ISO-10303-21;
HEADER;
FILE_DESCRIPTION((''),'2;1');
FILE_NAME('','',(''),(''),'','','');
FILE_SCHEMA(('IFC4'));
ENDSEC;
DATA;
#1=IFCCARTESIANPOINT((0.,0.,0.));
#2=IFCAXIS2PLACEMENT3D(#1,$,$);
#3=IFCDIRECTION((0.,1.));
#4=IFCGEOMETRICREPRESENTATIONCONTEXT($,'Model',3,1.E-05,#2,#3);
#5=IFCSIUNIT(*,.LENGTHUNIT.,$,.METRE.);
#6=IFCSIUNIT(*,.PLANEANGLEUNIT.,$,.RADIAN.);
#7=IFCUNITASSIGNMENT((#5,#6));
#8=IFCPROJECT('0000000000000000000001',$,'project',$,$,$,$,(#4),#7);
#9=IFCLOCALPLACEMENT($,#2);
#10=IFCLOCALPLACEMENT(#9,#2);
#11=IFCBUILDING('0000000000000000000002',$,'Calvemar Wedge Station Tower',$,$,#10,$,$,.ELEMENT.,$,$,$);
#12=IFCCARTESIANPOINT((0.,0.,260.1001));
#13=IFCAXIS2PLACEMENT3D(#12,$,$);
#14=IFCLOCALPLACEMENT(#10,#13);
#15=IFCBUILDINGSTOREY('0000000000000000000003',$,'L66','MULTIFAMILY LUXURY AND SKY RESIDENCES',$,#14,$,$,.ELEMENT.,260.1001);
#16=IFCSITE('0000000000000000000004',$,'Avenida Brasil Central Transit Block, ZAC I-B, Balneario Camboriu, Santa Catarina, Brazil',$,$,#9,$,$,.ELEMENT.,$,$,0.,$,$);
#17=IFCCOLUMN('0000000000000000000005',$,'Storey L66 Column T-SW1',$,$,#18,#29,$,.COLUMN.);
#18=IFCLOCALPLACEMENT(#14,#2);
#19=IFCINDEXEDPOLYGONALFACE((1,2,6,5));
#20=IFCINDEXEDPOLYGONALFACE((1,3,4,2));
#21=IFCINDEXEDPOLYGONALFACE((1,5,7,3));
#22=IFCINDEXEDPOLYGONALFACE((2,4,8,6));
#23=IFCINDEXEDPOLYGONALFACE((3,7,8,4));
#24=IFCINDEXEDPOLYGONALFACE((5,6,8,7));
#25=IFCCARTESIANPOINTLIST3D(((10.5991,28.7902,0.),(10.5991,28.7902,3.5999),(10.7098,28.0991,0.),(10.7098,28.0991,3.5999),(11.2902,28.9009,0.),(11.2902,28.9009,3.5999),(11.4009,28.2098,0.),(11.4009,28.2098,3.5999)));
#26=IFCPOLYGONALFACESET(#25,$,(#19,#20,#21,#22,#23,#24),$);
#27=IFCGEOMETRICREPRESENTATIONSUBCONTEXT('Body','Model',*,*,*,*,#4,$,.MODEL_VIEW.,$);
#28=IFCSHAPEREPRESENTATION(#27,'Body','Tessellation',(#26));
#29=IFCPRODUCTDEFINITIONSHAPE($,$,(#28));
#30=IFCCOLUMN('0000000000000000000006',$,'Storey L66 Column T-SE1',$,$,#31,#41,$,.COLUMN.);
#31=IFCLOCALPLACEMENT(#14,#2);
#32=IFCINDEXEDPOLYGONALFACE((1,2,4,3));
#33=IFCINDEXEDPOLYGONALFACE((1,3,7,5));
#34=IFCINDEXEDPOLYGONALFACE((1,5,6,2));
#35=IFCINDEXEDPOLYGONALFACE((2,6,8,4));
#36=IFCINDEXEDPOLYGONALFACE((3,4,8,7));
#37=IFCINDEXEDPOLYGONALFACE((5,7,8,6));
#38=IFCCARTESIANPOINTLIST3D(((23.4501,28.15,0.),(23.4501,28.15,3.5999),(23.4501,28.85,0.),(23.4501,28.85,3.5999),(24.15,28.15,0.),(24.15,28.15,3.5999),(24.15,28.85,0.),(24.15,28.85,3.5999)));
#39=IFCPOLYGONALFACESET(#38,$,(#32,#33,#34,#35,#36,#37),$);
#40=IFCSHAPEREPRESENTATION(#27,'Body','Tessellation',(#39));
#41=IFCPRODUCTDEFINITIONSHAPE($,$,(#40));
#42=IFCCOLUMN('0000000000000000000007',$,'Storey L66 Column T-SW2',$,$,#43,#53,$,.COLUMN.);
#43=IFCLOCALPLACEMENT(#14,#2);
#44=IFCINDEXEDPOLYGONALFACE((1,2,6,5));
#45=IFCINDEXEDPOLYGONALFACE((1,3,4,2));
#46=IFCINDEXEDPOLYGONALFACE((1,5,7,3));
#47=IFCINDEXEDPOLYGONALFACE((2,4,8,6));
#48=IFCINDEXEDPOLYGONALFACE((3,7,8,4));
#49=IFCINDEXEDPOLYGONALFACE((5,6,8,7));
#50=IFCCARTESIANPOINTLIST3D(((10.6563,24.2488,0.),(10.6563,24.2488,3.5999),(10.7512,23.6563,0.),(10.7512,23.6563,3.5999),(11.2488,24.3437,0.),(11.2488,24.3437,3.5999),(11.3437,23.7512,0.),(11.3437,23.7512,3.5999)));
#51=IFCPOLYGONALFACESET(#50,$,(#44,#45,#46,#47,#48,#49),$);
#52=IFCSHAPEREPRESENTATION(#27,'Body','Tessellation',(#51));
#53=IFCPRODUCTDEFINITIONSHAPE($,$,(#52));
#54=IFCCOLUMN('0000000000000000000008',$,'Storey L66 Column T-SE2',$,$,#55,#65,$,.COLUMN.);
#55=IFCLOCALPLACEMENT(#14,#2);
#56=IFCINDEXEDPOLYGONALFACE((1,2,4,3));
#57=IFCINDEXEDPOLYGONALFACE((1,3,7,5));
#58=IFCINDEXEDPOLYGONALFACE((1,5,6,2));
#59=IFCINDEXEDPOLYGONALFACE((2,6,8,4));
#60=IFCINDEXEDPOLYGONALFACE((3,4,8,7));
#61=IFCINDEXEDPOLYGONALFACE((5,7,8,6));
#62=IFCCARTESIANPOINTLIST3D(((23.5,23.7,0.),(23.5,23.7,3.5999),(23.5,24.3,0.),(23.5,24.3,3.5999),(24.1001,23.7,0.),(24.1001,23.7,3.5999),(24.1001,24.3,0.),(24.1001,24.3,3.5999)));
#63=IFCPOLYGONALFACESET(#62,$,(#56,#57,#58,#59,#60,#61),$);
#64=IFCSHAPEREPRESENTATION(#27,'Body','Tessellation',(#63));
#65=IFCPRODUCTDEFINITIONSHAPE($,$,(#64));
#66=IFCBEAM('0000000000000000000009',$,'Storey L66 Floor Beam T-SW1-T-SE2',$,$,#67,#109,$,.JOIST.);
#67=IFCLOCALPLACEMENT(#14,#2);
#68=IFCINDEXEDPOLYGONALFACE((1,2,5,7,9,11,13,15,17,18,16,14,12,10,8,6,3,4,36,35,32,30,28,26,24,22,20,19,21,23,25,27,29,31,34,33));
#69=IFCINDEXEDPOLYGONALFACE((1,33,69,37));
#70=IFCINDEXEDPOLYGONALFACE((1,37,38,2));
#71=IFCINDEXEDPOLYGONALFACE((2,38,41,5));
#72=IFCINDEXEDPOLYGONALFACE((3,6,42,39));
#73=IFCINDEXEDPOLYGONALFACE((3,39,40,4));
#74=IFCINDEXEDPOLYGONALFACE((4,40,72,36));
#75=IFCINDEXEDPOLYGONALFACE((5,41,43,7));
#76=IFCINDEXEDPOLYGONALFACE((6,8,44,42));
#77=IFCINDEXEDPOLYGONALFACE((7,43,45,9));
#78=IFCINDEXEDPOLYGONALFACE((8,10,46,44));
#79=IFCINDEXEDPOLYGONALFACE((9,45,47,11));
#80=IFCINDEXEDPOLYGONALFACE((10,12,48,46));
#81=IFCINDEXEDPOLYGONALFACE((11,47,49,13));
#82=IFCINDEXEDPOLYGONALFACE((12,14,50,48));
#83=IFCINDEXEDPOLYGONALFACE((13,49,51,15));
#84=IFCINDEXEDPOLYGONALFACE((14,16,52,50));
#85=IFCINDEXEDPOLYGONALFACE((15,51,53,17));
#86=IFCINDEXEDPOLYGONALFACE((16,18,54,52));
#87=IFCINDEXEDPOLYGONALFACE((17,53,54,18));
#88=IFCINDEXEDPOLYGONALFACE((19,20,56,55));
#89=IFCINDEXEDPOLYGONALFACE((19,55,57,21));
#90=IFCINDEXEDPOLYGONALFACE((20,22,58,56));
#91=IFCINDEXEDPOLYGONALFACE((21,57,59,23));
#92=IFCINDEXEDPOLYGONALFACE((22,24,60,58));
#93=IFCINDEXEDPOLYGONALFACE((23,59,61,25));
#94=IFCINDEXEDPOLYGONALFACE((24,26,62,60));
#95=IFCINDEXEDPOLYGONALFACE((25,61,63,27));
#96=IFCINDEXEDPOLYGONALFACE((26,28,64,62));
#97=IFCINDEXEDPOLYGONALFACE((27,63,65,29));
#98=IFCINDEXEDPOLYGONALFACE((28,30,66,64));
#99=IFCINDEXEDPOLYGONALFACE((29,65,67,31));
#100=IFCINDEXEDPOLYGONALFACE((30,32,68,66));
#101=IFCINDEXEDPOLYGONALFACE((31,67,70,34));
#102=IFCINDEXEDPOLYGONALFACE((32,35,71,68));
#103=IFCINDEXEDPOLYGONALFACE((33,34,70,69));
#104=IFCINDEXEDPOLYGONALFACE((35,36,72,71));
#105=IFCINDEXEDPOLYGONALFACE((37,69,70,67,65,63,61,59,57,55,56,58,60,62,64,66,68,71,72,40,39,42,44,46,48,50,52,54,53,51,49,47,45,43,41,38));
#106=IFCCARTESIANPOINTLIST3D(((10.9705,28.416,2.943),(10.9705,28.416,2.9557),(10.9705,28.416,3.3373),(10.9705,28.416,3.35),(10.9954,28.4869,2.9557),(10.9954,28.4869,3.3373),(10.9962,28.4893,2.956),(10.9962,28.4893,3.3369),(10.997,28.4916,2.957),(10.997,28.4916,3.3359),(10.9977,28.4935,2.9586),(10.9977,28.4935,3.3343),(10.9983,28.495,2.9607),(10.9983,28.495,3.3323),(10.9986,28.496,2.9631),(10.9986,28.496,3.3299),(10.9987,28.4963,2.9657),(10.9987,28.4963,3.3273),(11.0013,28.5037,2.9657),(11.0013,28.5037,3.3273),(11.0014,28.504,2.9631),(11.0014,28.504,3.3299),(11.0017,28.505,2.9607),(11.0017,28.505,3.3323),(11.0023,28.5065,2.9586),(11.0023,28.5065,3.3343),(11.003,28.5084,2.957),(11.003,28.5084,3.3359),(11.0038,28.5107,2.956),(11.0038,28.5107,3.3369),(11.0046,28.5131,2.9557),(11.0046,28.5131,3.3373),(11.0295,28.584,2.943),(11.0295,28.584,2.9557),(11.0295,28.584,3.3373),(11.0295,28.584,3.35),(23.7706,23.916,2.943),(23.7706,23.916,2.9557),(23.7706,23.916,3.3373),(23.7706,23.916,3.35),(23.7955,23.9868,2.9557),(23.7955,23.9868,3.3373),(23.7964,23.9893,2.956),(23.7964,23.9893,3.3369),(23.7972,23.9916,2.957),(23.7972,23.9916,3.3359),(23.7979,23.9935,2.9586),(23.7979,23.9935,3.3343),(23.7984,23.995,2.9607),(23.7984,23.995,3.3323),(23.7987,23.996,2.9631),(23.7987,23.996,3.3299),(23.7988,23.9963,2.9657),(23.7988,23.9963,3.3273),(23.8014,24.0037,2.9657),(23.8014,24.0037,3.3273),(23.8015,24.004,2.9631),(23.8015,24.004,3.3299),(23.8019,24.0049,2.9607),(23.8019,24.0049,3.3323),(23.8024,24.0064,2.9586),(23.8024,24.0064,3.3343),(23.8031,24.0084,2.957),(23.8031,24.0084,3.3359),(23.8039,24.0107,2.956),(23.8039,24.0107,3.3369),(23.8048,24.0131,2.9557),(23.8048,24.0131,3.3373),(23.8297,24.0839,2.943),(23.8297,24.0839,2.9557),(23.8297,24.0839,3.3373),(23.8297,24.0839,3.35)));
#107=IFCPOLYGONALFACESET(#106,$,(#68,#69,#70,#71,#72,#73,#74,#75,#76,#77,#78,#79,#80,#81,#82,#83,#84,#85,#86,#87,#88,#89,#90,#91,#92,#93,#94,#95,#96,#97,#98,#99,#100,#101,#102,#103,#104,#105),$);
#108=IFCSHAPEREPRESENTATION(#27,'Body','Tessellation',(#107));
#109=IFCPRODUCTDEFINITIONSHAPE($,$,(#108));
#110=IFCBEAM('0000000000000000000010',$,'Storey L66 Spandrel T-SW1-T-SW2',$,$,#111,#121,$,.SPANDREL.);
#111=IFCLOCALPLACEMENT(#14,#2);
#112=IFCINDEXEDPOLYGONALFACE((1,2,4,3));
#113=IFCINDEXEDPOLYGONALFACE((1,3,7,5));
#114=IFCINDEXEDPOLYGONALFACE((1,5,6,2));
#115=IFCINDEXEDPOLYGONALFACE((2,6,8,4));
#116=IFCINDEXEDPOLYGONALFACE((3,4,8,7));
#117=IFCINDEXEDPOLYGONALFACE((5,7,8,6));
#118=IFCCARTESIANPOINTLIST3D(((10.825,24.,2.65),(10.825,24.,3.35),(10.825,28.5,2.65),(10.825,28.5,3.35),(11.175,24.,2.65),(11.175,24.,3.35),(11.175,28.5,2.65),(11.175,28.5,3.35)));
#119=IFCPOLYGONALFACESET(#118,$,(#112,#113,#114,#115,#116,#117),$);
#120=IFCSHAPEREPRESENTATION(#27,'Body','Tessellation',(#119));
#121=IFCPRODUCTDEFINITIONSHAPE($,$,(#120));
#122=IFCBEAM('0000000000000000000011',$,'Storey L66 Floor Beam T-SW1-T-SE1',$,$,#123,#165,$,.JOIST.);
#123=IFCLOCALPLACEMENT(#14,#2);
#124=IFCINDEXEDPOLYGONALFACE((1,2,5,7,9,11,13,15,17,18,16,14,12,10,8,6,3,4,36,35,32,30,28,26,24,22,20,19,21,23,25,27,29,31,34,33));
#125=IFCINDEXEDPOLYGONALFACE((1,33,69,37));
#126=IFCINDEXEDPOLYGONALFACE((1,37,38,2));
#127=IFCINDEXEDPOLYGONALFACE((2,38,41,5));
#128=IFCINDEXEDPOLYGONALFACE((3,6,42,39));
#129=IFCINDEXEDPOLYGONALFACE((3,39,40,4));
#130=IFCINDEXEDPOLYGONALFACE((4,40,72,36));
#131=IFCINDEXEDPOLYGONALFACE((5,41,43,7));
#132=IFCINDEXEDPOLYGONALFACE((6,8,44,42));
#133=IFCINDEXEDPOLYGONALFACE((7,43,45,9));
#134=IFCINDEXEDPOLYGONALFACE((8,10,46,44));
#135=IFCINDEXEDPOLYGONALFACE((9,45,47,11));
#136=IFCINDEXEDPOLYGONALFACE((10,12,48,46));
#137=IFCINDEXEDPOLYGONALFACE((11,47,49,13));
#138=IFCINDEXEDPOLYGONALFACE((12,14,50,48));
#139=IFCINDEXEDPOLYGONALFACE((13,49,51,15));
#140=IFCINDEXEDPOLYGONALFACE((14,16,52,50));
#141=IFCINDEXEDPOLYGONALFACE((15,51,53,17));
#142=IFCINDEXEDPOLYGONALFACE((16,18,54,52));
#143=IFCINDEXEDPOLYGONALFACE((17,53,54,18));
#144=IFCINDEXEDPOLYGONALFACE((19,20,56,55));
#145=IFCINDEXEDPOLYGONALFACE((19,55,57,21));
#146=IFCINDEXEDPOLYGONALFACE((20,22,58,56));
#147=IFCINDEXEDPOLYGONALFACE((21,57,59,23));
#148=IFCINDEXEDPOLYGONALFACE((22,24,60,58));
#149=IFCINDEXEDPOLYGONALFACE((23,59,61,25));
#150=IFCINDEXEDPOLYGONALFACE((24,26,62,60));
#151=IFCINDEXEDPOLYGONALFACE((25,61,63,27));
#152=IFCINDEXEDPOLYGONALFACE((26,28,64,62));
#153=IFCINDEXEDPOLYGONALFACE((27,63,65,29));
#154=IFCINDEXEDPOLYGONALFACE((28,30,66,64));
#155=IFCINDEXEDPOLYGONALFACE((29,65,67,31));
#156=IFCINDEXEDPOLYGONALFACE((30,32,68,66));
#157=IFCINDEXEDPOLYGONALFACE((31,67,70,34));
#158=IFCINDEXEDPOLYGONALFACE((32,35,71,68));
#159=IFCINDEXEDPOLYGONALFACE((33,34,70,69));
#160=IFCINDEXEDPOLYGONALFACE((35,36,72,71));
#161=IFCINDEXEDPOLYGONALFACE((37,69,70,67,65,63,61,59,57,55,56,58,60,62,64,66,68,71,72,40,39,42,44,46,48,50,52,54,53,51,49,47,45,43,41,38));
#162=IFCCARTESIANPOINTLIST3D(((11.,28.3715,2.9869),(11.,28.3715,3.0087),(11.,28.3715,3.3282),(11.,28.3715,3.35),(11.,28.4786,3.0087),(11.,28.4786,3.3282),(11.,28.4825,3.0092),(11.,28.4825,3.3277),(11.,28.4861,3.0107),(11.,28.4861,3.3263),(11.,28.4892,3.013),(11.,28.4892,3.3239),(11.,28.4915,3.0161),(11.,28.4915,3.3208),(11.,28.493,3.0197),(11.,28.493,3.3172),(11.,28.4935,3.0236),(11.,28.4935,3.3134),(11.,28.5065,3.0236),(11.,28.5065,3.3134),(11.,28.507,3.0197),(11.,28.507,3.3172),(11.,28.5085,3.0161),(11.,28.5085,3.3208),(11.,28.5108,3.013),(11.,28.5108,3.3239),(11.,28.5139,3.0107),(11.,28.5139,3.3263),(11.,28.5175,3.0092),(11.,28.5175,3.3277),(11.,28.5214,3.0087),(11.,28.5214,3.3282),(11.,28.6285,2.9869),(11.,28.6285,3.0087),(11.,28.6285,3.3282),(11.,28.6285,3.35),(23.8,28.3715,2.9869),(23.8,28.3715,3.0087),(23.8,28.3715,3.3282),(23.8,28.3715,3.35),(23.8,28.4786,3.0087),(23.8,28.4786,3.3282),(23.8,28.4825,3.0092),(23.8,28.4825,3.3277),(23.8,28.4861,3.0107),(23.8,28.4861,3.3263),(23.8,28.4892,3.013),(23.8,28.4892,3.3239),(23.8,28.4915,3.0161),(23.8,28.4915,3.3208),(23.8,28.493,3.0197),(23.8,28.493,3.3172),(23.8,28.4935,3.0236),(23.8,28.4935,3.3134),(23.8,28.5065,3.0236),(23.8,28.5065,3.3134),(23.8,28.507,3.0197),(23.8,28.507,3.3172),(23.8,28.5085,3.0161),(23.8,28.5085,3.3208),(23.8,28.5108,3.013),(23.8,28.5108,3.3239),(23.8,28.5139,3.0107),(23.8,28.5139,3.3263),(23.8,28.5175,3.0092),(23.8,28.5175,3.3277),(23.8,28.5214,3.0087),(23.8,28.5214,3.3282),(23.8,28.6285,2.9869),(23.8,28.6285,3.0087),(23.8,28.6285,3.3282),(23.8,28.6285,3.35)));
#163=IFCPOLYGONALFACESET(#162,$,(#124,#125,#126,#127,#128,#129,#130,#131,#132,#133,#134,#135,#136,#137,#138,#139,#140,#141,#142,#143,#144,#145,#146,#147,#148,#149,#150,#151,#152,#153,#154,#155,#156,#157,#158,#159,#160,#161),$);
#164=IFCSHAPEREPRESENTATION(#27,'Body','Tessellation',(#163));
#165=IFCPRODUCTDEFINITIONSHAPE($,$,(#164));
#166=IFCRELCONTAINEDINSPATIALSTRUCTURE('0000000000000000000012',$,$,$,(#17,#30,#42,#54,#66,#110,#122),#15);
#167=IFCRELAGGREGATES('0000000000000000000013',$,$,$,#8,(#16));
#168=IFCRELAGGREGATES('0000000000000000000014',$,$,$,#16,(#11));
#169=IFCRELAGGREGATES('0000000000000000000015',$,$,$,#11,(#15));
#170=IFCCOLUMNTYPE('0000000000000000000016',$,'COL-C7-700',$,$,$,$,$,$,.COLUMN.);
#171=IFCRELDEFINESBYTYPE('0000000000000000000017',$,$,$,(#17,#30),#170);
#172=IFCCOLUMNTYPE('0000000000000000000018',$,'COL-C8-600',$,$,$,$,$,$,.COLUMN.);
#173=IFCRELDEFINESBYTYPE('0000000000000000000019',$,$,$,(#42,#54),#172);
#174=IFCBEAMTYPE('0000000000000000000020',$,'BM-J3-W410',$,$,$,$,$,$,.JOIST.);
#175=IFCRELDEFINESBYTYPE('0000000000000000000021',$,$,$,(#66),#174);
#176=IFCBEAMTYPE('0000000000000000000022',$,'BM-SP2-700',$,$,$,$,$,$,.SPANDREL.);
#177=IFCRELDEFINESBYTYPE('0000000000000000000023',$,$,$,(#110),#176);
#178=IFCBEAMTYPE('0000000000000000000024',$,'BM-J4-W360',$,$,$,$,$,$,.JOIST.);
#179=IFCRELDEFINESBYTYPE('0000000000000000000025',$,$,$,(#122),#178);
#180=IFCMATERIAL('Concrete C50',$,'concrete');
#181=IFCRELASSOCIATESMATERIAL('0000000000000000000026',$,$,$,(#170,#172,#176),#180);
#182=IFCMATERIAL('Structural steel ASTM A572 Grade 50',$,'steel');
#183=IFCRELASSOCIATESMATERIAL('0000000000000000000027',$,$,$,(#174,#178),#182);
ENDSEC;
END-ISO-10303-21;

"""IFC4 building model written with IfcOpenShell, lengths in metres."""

from ifc_helpers import new_model, si_unit, direction, frame, origin, origin_2d, place, context, subcontext, project, spatial, rectangle, i_section, extrude, source, transform, mapped, material, material_profile, profile_set, type_object, element, save


model = new_model("IFC4")

# Units and contexts
model_context = context("Model", 3, precision=1e-05, world=origin(), true_north=direction((0.0, 1.0)))
body_context = subcontext(model_context, "Body", "Model", "MODEL_VIEW")
ifc_project = project(units=[si_unit("LENGTHUNIT", "METRE"), si_unit("PLANEANGLEUNIT", "RADIAN")], contexts=[model_context])

# Site, building, storey
site_placement = place(None, origin())
site = spatial("IfcSite", under=ifc_project, at=site_placement, Name="Avenida Brasil Central Transit Block, ZAC I-B, Balneario Camboriu, Santa Catarina, Brazil", CompositionType="ELEMENT", RefElevation=0.0)
building_placement = place(site_placement, origin())
building = spatial("IfcBuilding", under=site, at=building_placement, Name="Calvemar Wedge Station Tower", CompositionType="ELEMENT")
storey_placement = place(building_placement, frame((0.0, 0.0, 260.1001)))
storey = spatial("IfcBuildingStorey", under=building, at=storey_placement, Name="L66", Description="MULTIFAMILY LUXURY AND SKY RESIDENCES", CompositionType="ELEMENT", Elevation=260.1001)

# Columns
ifc_material_1 = material(Name="Concrete C50", Category="concrete")
ifc_material_profile_1 = material_profile(ifc_material_1, rectangle(XDim=0.7, YDim=0.7, at=origin_2d()), Name="RC700x700")
ifc_profile_set_1 = profile_set([ifc_material_profile_1], Name="Concrete C50")
column_type_1 = type_object("IfcColumnType", Name="COL-C7-700", PredefinedType="COLUMN", material=ifc_profile_set_1)
shared_shape_1 = source(origin(), body_context, "Body", "SweptSolid", [
    extrude(rectangle(XDim=0.7, YDim=0.7, at=origin_2d()), origin(), (0.0, 0.0, 1.0), 3.5999),
])
for number, where, z_axis, x_axis, name in (
    (1, (11.0, 28.5, 0.0), (0.0, 0.0, 1.0), (0.158158, -0.987414, 0.0), "Storey L66 Column T-SW1"),
    (2, (23.8, 28.5, 0.0), (0.0, 0.0, 1.0), (1.0, 0.0, 0.0), "Storey L66 Column T-SE1"),
):
    element("IfcColumn", number, at=place(storey_placement, frame(where, z_axis=z_axis, x_axis=x_axis)), inside=storey, type_object=column_type_1, Name=name, PredefinedType="COLUMN", context=body_context, shape_type="MappedRepresentation", body=[
        mapped(shared_shape_1, transform((0.0, 0.0, 0.0), scale=1.0)),
    ])
ifc_material_profile_2 = material_profile(ifc_material_1, rectangle(XDim=0.6001, YDim=0.6001, at=origin_2d()), Name="RC600x600")
ifc_profile_set_2 = profile_set([ifc_material_profile_2], Name="Concrete C50")
column_type_2 = type_object("IfcColumnType", Name="COL-C8-600", PredefinedType="COLUMN", material=ifc_profile_set_2)
shared_shape_2 = source(origin(), body_context, "Body", "SweptSolid", [
    extrude(rectangle(XDim=0.6001, YDim=0.6001, at=origin_2d()), origin(), (0.0, 0.0, 1.0), 3.5999),
])
for number, where, z_axis, x_axis, name in (
    (3, (11.0, 24.0, 0.0), (0.0, 0.0, 1.0), (0.158158, -0.987414, 0.0), "Storey L66 Column T-SW2"),
    (4, (23.8, 24.0, 0.0), (0.0, 0.0, 1.0), (1.0, 0.0, 0.0), "Storey L66 Column T-SE2"),
):
    element("IfcColumn", number, at=place(storey_placement, frame(where, z_axis=z_axis, x_axis=x_axis)), inside=storey, type_object=column_type_2, Name=name, PredefinedType="COLUMN", context=body_context, shape_type="MappedRepresentation", body=[
        mapped(shared_shape_2, transform((0.0, 0.0, 0.0), scale=1.0)),
    ])

# Beams
ifc_material_2 = material(Name="Structural steel ASTM A572 Grade 50", Category="steel")
ifc_material_profile_3 = material_profile(ifc_material_2, i_section(OverallWidth=0.178, OverallDepth=0.407, WebThickness=0.0078, FlangeThickness=0.0127, FilletRadius=0.01, at=origin_2d()), Name="W410x60")
ifc_profile_set_3 = profile_set([ifc_material_profile_3], Name="Structural steel ASTM A572 Grade 50")
beam_type_1 = type_object("IfcBeamType", Name="BM-J3-W410", PredefinedType="JOIST", material=ifc_profile_set_3)
shared_shape_3 = source(origin(), body_context, "Body", "SweptSolid", [
    extrude(i_section(OverallWidth=0.178, OverallDepth=0.407, WebThickness=0.0078, FlangeThickness=0.0127, FilletRadius=0.01, at=origin_2d()), origin(), (0.0, 0.0, 1.0), 13.5681),
])
beam_1_placement = place(storey_placement, frame((11.0, 28.5, 3.1465), z_axis=(0.943398, -0.331662, 0.0), x_axis=(0.331662, 0.943398, 0.0)))
element("IfcBeam", 5, at=beam_1_placement, inside=storey, type_object=beam_type_1, Name="Storey L66 Floor Beam T-SW1-T-SE2", PredefinedType="JOIST", context=body_context, shape_type="MappedRepresentation", body=[
    mapped(shared_shape_3, transform((0.0, 0.0, 0.0), scale=1.0)),
])
ifc_material_profile_4 = material_profile(ifc_material_1, rectangle(XDim=0.3501, YDim=0.7, at=origin_2d()), Name="RC350x700")
ifc_profile_set_4 = profile_set([ifc_material_profile_4], Name="Concrete C50")
beam_type_2 = type_object("IfcBeamType", Name="BM-SP2-700", PredefinedType="SPANDREL", material=ifc_profile_set_4)
shared_shape_4 = source(origin(), body_context, "Body", "SweptSolid", [
    extrude(rectangle(XDim=0.3501, YDim=0.7, at=origin_2d()), origin(), (0.0, 0.0, 1.0), 4.5),
])
beam_2_placement = place(storey_placement, frame((11.0, 28.5, 3.0), z_axis=(0.0, -1.0, 0.0), x_axis=(1.0, 0.0, 0.0)))
element("IfcBeam", 6, at=beam_2_placement, inside=storey, type_object=beam_type_2, Name="Storey L66 Spandrel T-SW1-T-SW2", PredefinedType="SPANDREL", context=body_context, shape_type="MappedRepresentation", body=[
    mapped(shared_shape_4, transform((0.0, 0.0, 0.0), scale=1.0)),
])
ifc_material_profile_5 = material_profile(ifc_material_2, i_section(OverallWidth=0.2571, OverallDepth=0.363, WebThickness=0.0129, FlangeThickness=0.0217, FilletRadius=0.0149, at=origin_2d()), Name="W360x122")
ifc_profile_set_5 = profile_set([ifc_material_profile_5], Name="Structural steel ASTM A572 Grade 50")
beam_type_3 = type_object("IfcBeamType", Name="BM-J4-W360", PredefinedType="JOIST", material=ifc_profile_set_5)
shared_shape_5 = source(origin(), body_context, "Body", "SweptSolid", [
    extrude(i_section(OverallWidth=0.2571, OverallDepth=0.363, WebThickness=0.0129, FlangeThickness=0.0217, FilletRadius=0.0149, at=origin_2d()), origin(), (0.0, 0.0, 1.0), 12.8),
])
for number, where, z_axis, x_axis, name in (
    (7, (11.0, 28.5, 3.1685), (1.0, 0.0, 0.0), (0.0, 1.0, 0.0), "Storey L66 Floor Beam T-SW1-T-SE1"),
):
    element("IfcBeam", number, at=place(storey_placement, frame(where, z_axis=z_axis, x_axis=x_axis)), inside=storey, type_object=beam_type_3, Name=name, PredefinedType="JOIST", context=body_context, shape_type="MappedRepresentation", body=[
        mapped(shared_shape_5, transform((0.0, 0.0, 0.0), scale=1.0)),
    ])

save(model, "model.ifc")
